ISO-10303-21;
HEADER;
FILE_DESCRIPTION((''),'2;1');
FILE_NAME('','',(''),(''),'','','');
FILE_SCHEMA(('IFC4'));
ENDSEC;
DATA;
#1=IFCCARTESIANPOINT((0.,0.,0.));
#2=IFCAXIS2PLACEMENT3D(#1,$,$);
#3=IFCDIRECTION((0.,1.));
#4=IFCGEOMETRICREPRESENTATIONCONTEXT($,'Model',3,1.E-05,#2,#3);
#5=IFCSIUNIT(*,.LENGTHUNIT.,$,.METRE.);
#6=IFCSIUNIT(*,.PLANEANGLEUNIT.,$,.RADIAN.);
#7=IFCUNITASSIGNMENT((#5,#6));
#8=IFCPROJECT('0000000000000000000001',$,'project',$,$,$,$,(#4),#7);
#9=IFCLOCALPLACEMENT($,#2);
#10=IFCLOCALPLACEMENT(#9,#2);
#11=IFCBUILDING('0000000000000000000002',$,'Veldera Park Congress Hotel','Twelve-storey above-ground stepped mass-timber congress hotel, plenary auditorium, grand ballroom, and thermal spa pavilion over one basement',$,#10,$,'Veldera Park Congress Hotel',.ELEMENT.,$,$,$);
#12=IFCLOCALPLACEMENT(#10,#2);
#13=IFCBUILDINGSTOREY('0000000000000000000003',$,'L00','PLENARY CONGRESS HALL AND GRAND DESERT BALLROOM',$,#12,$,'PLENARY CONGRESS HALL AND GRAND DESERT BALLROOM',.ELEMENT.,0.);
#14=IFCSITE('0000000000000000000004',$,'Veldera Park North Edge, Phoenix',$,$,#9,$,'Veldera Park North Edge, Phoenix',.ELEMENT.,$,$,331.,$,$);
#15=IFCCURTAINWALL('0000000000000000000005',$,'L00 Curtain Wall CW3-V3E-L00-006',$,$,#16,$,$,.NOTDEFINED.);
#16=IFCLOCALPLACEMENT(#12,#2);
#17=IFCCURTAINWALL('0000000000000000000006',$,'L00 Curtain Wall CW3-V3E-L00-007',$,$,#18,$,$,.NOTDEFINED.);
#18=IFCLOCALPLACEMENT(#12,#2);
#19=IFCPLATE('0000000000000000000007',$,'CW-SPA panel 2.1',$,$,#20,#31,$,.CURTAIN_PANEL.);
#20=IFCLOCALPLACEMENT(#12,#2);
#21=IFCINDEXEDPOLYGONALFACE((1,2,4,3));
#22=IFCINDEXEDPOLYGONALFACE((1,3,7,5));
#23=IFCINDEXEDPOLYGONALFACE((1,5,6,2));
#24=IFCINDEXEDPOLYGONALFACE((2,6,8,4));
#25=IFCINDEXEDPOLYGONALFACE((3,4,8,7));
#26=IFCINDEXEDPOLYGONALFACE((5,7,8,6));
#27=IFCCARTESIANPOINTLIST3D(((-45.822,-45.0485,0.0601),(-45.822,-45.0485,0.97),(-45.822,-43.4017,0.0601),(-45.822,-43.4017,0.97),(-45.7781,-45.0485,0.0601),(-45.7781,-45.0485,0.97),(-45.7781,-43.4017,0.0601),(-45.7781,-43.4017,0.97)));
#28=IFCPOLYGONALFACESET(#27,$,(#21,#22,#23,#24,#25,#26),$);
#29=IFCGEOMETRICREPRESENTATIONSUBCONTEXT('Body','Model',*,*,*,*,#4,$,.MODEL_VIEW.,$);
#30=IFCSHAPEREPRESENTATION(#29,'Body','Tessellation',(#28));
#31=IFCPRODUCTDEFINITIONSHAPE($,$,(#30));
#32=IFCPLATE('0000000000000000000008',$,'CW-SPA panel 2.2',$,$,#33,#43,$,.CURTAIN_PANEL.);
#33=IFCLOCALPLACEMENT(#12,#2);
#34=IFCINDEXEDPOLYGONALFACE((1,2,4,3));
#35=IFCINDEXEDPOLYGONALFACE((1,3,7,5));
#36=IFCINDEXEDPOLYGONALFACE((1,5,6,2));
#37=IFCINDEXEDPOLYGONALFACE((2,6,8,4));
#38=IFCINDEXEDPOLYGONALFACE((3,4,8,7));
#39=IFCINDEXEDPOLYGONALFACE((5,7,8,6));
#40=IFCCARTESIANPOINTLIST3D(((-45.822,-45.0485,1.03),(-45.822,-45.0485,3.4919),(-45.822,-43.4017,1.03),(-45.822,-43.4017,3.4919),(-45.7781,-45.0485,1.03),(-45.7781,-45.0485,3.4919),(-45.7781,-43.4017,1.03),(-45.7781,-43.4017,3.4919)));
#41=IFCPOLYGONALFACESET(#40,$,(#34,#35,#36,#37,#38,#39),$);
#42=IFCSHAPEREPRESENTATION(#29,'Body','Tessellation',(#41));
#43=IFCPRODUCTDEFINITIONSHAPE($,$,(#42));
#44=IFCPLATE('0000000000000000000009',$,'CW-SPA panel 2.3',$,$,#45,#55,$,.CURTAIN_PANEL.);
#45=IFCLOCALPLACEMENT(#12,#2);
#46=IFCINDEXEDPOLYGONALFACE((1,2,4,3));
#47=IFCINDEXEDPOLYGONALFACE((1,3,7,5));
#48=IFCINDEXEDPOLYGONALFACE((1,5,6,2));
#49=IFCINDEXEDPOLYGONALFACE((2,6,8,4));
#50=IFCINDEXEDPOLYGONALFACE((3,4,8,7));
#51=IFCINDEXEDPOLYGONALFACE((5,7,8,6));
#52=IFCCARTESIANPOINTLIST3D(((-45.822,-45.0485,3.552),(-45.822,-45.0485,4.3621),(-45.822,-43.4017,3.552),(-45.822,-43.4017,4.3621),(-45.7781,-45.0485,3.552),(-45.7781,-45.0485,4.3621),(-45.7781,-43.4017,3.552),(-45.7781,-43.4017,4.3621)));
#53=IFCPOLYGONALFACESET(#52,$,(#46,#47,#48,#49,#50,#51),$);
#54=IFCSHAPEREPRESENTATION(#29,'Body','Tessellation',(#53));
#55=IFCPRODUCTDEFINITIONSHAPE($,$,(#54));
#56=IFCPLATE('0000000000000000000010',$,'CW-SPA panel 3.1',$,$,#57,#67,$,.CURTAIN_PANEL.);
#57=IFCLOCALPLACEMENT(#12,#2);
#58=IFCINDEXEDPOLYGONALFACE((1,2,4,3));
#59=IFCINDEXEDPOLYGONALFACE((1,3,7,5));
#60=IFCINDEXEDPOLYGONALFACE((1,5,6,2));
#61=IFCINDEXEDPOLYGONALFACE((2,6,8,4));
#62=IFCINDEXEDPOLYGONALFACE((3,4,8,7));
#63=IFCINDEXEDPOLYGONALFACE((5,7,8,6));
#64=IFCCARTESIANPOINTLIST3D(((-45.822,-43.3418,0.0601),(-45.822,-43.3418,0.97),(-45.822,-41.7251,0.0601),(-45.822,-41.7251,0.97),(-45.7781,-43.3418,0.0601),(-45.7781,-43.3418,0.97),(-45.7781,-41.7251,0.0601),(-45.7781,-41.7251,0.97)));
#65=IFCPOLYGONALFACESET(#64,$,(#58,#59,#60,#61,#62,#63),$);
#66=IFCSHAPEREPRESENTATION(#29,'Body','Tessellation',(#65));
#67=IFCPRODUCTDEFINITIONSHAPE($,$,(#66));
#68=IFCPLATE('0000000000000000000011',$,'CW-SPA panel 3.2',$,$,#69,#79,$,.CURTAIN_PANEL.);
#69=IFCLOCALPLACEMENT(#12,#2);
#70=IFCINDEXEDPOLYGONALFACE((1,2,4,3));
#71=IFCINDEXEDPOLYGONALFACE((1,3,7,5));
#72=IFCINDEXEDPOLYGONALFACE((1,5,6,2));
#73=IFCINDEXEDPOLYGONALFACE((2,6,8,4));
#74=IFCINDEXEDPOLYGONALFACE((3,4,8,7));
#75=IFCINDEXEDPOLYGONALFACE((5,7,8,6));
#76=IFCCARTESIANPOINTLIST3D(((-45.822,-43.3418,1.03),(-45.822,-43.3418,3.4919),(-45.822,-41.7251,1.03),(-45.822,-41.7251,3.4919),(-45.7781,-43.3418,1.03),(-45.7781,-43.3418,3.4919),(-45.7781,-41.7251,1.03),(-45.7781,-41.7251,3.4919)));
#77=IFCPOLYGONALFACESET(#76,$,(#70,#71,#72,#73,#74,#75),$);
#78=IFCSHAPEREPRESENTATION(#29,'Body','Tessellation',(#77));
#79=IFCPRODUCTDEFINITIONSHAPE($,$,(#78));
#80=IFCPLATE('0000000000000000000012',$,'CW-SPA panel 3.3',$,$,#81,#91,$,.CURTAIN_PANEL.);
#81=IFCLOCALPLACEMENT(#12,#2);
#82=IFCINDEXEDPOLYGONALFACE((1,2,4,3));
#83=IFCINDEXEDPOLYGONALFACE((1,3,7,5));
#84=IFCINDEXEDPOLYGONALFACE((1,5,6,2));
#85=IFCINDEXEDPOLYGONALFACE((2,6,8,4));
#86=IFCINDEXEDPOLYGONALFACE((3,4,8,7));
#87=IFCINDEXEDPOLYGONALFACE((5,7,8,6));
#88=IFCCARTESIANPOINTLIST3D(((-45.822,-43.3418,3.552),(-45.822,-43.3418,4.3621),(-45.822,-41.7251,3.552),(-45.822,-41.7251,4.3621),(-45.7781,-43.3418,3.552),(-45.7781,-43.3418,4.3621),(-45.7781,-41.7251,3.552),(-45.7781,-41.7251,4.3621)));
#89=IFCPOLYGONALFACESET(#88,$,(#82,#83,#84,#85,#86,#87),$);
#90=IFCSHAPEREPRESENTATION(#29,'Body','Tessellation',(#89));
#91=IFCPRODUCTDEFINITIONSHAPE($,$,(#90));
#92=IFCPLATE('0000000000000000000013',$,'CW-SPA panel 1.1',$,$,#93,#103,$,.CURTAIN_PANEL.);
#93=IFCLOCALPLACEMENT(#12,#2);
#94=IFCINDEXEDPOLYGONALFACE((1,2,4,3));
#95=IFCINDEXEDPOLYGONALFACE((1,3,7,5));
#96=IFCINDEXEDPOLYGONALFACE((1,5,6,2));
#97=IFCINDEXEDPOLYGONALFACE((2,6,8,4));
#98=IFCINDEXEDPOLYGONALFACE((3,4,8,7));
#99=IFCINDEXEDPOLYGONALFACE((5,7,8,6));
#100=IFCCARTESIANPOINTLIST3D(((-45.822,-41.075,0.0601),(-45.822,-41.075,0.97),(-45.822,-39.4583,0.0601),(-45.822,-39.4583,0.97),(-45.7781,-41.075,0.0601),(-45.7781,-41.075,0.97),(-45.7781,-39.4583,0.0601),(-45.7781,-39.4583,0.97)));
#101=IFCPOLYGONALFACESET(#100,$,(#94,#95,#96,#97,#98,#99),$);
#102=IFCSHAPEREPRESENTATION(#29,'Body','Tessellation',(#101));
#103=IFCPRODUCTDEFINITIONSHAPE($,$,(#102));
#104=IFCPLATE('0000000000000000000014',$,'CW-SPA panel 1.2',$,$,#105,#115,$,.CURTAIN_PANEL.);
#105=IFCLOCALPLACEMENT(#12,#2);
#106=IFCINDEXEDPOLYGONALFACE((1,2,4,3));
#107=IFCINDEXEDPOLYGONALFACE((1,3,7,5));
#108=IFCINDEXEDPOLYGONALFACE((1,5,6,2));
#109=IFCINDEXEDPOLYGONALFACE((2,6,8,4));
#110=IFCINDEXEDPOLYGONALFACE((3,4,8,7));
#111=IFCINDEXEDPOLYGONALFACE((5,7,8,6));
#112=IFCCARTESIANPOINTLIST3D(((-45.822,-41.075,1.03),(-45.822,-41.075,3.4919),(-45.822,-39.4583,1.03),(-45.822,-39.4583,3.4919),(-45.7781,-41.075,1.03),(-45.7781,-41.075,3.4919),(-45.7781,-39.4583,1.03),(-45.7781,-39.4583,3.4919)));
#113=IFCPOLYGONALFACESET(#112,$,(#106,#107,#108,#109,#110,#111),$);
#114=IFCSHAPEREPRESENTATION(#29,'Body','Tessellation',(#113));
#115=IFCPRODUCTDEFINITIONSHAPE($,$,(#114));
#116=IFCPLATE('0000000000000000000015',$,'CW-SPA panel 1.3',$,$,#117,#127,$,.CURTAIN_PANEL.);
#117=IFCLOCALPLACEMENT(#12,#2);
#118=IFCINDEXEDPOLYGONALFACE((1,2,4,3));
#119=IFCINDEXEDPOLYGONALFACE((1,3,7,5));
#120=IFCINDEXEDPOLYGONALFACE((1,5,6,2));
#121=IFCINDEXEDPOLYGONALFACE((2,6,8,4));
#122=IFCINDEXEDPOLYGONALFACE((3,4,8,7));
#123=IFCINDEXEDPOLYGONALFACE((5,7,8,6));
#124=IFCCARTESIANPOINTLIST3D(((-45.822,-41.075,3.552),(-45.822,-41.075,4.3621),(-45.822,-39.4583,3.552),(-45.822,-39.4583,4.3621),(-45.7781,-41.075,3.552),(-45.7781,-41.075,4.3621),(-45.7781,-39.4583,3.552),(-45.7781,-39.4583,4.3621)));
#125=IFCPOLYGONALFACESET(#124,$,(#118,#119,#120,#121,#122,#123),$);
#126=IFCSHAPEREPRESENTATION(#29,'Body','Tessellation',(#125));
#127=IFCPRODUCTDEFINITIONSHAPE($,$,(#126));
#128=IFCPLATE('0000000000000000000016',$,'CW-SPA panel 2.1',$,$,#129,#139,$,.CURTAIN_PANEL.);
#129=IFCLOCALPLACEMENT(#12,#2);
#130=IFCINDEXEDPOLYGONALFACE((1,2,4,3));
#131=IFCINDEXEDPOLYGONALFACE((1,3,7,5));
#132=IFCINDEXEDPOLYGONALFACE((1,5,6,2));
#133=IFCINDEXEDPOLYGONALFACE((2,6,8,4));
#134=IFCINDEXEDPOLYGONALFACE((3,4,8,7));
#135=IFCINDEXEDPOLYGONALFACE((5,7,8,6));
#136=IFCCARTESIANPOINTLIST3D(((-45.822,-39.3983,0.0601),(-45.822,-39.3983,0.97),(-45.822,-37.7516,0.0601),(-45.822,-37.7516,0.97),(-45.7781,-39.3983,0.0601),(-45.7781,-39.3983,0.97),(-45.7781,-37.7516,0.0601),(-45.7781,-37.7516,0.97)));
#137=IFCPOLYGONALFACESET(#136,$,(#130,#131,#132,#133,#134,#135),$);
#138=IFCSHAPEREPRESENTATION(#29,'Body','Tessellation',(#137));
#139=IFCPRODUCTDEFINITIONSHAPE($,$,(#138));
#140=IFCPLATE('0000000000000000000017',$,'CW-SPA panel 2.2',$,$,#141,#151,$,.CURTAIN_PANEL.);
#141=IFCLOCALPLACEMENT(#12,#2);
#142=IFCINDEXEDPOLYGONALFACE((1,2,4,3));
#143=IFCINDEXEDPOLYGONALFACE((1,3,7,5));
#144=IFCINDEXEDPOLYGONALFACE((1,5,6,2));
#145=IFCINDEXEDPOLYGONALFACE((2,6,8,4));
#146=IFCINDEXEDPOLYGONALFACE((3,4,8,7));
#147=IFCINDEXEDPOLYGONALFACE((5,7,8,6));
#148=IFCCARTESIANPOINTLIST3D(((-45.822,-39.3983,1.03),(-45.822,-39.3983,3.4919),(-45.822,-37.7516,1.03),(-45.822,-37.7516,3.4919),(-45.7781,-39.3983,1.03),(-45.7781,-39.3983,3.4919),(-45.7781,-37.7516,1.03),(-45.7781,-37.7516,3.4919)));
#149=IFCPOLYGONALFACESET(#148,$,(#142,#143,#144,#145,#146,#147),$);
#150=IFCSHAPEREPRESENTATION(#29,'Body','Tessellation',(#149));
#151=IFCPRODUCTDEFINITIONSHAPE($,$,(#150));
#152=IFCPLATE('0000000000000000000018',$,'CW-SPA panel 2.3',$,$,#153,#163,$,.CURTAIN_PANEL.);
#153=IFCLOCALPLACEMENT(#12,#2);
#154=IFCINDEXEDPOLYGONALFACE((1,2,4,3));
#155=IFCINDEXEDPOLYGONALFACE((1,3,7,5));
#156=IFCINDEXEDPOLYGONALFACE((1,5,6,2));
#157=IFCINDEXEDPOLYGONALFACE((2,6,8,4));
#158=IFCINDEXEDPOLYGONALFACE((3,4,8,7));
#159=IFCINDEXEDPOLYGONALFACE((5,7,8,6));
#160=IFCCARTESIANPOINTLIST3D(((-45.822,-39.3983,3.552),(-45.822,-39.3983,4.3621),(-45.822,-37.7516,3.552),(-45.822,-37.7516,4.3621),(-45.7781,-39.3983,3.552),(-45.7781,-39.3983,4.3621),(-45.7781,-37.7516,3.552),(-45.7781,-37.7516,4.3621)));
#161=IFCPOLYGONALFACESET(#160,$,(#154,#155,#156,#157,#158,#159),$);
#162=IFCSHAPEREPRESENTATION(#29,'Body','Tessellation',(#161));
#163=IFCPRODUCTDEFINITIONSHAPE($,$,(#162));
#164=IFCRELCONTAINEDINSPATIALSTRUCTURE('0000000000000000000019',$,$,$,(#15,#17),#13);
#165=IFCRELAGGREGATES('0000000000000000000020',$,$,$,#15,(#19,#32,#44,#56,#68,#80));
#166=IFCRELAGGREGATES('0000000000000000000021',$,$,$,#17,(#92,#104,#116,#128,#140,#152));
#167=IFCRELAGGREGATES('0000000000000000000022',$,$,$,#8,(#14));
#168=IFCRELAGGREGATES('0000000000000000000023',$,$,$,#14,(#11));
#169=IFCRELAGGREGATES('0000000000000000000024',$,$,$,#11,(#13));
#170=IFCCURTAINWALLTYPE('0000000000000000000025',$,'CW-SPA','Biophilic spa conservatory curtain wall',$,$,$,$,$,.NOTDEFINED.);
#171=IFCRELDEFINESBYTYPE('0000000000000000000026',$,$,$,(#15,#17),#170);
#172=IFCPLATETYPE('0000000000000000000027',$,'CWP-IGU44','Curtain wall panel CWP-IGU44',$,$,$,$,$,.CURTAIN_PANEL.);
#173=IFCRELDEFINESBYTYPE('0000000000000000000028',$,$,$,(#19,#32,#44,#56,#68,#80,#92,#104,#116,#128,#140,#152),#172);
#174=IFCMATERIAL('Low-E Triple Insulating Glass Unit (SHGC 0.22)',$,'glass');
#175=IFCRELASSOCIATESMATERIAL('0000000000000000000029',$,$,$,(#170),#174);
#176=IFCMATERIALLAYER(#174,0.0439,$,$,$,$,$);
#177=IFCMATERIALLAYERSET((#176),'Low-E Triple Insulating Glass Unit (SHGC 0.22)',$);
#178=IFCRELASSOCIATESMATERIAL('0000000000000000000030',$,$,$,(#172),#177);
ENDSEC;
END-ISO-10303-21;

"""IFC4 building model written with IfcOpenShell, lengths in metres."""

from ifc_helpers import new_model, si_unit, direction, frame, origin, origin_2d, place, context, subcontext, project, spatial, rectangle, extrude, material, layer, layer_set, type_object, element, aggregate, save


model = new_model("IFC4")

# Units and contexts
model_context = context("Model", 3, precision=1e-05, world=origin(), true_north=direction((0.0, 1.0)))
body_context = subcontext(model_context, "Body", "Model", "MODEL_VIEW")
ifc_project = project(units=[si_unit("LENGTHUNIT", "METRE"), si_unit("PLANEANGLEUNIT", "RADIAN")], contexts=[model_context])

# Site, building, storey
site_placement = place(None, origin())
site = spatial("IfcSite", under=ifc_project, at=site_placement, Name="Veldera Park North Edge, Phoenix", LongName="Veldera Park North Edge, Phoenix", CompositionType="ELEMENT", RefElevation=331.0)
building_placement = place(site_placement, origin())
building = spatial("IfcBuilding", under=site, at=building_placement, Name="Veldera Park Congress Hotel", Description="Twelve-storey above-ground stepped mass-timber congress hotel, plenary auditorium, grand ballroom, and thermal spa pavilion over one basement", LongName="Veldera Park Congress Hotel", CompositionType="ELEMENT")
storey_placement = place(building_placement, origin())
storey = spatial("IfcBuildingStorey", under=building, at=storey_placement, Name="L00", Description="PLENARY CONGRESS HALL AND GRAND DESERT BALLROOM", LongName="PLENARY CONGRESS HALL AND GRAND DESERT BALLROOM", CompositionType="ELEMENT", Elevation=0.0)

# Curtain walls
ifc_material_1 = material(Name="Low-E Triple Insulating Glass Unit (SHGC 0.22)", Category="glass")
curtain_wall_type = type_object("IfcCurtainWallType", Name="CW-SPA", Description="Biophilic spa conservatory curtain wall", PredefinedType="NOTDEFINED", material=ifc_material_1)
curtain_wall_1_placement = place(storey_placement, origin())
curtain_wall_1 = element("IfcCurtainWall", 1, at=curtain_wall_1_placement, inside=storey, type_object=curtain_wall_type, Name="L00 Curtain Wall CW3-V3E-L00-006", PredefinedType="NOTDEFINED")
curtain_wall_2_placement = place(storey_placement, origin())
curtain_wall_2 = element("IfcCurtainWall", 2, at=curtain_wall_2_placement, inside=storey, type_object=curtain_wall_type, Name="L00 Curtain Wall CW3-V3E-L00-007", PredefinedType="NOTDEFINED")

# Plates
ifc_layer = layer(ifc_material_1, 0.0439)
ifc_layer_set = layer_set([ifc_layer], Name="Low-E Triple Insulating Glass Unit (SHGC 0.22)")
plate_type = type_object("IfcPlateType", Name="CWP-IGU44", Description="Curtain wall panel CWP-IGU44", PredefinedType="CURTAIN_PANEL", material=ifc_layer_set)
plate_1_placement = place(storey_placement, frame((-45.8, -44.2251, 0.0601), z_axis=(0.0, 0.0, 1.0), x_axis=(0.0, 1.0, 0.0)))
plate_1 = element("IfcPlate", 3, at=plate_1_placement, type_object=plate_type, Name="CW-SPA panel 2.1", PredefinedType="CURTAIN_PANEL", context=body_context, shape_type="SweptSolid", body=[
    extrude(rectangle(XDim=1.6467, YDim=0.0439, at=origin_2d()), origin(), (0.0, 0.0, 1.0), 0.9099),
])
plate_2_placement = place(storey_placement, frame((-45.8, -44.2251, 1.03), z_axis=(0.0, 0.0, 1.0), x_axis=(0.0, 1.0, 0.0)))
plate_2 = element("IfcPlate", 4, at=plate_2_placement, type_object=plate_type, Name="CW-SPA panel 2.2", PredefinedType="CURTAIN_PANEL", context=body_context, shape_type="SweptSolid", body=[
    extrude(rectangle(XDim=1.6467, YDim=0.0439, at=origin_2d()), origin(), (0.0, 0.0, 1.0), 2.4619),
])
plate_3_placement = place(storey_placement, frame((-45.8, -44.2251, 3.552), z_axis=(0.0, 0.0, 1.0), x_axis=(0.0, 1.0, 0.0)))
plate_3 = element("IfcPlate", 5, at=plate_3_placement, type_object=plate_type, Name="CW-SPA panel 2.3", PredefinedType="CURTAIN_PANEL", context=body_context, shape_type="SweptSolid", body=[
    extrude(rectangle(XDim=1.6467, YDim=0.0439, at=origin_2d()), origin(), (0.0, 0.0, 1.0), 0.8101),
])
plate_4_placement = place(storey_placement, frame((-45.8, -42.5334, 0.0601), z_axis=(0.0, 0.0, 1.0), x_axis=(0.0, 1.0, 0.0)))
plate_4 = element("IfcPlate", 6, at=plate_4_placement, type_object=plate_type, Name="CW-SPA panel 3.1", PredefinedType="CURTAIN_PANEL", context=body_context, shape_type="SweptSolid", body=[
    extrude(rectangle(XDim=1.6167, YDim=0.0439, at=origin_2d()), origin(), (0.0, 0.0, 1.0), 0.9099),
])
plate_5_placement = place(storey_placement, frame((-45.8, -42.5334, 1.03), z_axis=(0.0, 0.0, 1.0), x_axis=(0.0, 1.0, 0.0)))
plate_5 = element("IfcPlate", 7, at=plate_5_placement, type_object=plate_type, Name="CW-SPA panel 3.2", PredefinedType="CURTAIN_PANEL", context=body_context, shape_type="SweptSolid", body=[
    extrude(rectangle(XDim=1.6167, YDim=0.0439, at=origin_2d()), origin(), (0.0, 0.0, 1.0), 2.4619),
])
plate_6_placement = place(storey_placement, frame((-45.8, -42.5334, 3.552), z_axis=(0.0, 0.0, 1.0), x_axis=(0.0, 1.0, 0.0)))
plate_6 = element("IfcPlate", 8, at=plate_6_placement, type_object=plate_type, Name="CW-SPA panel 3.3", PredefinedType="CURTAIN_PANEL", context=body_context, shape_type="SweptSolid", body=[
    extrude(rectangle(XDim=1.6167, YDim=0.0439, at=origin_2d()), origin(), (0.0, 0.0, 1.0), 0.8101),
])
aggregate(curtain_wall_1, [plate_1, plate_2, plate_3, plate_4, plate_5, plate_6])
plate_7_placement = place(storey_placement, frame((-45.8, -40.2666, 0.0601), z_axis=(0.0, 0.0, 1.0), x_axis=(0.0, 1.0, 0.0)))
plate_7 = element("IfcPlate", 9, at=plate_7_placement, type_object=plate_type, Name="CW-SPA panel 1.1", PredefinedType="CURTAIN_PANEL", context=body_context, shape_type="SweptSolid", body=[
    extrude(rectangle(XDim=1.6167, YDim=0.0439, at=origin_2d()), origin(), (0.0, 0.0, 1.0), 0.9099),
])
plate_8_placement = place(storey_placement, frame((-45.8, -40.2666, 1.03), z_axis=(0.0, 0.0, 1.0), x_axis=(0.0, 1.0, 0.0)))
plate_8 = element("IfcPlate", 10, at=plate_8_placement, type_object=plate_type, Name="CW-SPA panel 1.2", PredefinedType="CURTAIN_PANEL", context=body_context, shape_type="SweptSolid", body=[
    extrude(rectangle(XDim=1.6167, YDim=0.0439, at=origin_2d()), origin(), (0.0, 0.0, 1.0), 2.4619),
])
plate_9_placement = place(storey_placement, frame((-45.8, -40.2666, 3.552), z_axis=(0.0, 0.0, 1.0), x_axis=(0.0, 1.0, 0.0)))
plate_9 = element("IfcPlate", 11, at=plate_9_placement, type_object=plate_type, Name="CW-SPA panel 1.3", PredefinedType="CURTAIN_PANEL", context=body_context, shape_type="SweptSolid", body=[
    extrude(rectangle(XDim=1.6167, YDim=0.0439, at=origin_2d()), origin(), (0.0, 0.0, 1.0), 0.8101),
])
plate_10_placement = place(storey_placement, frame((-45.8, -38.575, 0.0601), z_axis=(0.0, 0.0, 1.0), x_axis=(0.0, 1.0, 0.0)))
plate_10 = element("IfcPlate", 12, at=plate_10_placement, type_object=plate_type, Name="CW-SPA panel 2.1", PredefinedType="CURTAIN_PANEL", context=body_context, shape_type="SweptSolid", body=[
    extrude(rectangle(XDim=1.6467, YDim=0.0439, at=origin_2d()), origin(), (0.0, 0.0, 1.0), 0.9099),
])
plate_11_placement = place(storey_placement, frame((-45.8, -38.575, 1.03), z_axis=(0.0, 0.0, 1.0), x_axis=(0.0, 1.0, 0.0)))
plate_11 = element("IfcPlate", 13, at=plate_11_placement, type_object=plate_type, Name="CW-SPA panel 2.2", PredefinedType="CURTAIN_PANEL", context=body_context, shape_type="SweptSolid", body=[
    extrude(rectangle(XDim=1.6467, YDim=0.0439, at=origin_2d()), origin(), (0.0, 0.0, 1.0), 2.4619),
])
plate_12_placement = place(storey_placement, frame((-45.8, -38.575, 3.552), z_axis=(0.0, 0.0, 1.0), x_axis=(0.0, 1.0, 0.0)))
plate_12 = element("IfcPlate", 14, at=plate_12_placement, type_object=plate_type, Name="CW-SPA panel 2.3", PredefinedType="CURTAIN_PANEL", context=body_context, shape_type="SweptSolid", body=[
    extrude(rectangle(XDim=1.6467, YDim=0.0439, at=origin_2d()), origin(), (0.0, 0.0, 1.0), 0.8101),
])
aggregate(curtain_wall_2, [plate_7, plate_8, plate_9, plate_10, plate_11, plate_12])

save(model, "model.ifc")
